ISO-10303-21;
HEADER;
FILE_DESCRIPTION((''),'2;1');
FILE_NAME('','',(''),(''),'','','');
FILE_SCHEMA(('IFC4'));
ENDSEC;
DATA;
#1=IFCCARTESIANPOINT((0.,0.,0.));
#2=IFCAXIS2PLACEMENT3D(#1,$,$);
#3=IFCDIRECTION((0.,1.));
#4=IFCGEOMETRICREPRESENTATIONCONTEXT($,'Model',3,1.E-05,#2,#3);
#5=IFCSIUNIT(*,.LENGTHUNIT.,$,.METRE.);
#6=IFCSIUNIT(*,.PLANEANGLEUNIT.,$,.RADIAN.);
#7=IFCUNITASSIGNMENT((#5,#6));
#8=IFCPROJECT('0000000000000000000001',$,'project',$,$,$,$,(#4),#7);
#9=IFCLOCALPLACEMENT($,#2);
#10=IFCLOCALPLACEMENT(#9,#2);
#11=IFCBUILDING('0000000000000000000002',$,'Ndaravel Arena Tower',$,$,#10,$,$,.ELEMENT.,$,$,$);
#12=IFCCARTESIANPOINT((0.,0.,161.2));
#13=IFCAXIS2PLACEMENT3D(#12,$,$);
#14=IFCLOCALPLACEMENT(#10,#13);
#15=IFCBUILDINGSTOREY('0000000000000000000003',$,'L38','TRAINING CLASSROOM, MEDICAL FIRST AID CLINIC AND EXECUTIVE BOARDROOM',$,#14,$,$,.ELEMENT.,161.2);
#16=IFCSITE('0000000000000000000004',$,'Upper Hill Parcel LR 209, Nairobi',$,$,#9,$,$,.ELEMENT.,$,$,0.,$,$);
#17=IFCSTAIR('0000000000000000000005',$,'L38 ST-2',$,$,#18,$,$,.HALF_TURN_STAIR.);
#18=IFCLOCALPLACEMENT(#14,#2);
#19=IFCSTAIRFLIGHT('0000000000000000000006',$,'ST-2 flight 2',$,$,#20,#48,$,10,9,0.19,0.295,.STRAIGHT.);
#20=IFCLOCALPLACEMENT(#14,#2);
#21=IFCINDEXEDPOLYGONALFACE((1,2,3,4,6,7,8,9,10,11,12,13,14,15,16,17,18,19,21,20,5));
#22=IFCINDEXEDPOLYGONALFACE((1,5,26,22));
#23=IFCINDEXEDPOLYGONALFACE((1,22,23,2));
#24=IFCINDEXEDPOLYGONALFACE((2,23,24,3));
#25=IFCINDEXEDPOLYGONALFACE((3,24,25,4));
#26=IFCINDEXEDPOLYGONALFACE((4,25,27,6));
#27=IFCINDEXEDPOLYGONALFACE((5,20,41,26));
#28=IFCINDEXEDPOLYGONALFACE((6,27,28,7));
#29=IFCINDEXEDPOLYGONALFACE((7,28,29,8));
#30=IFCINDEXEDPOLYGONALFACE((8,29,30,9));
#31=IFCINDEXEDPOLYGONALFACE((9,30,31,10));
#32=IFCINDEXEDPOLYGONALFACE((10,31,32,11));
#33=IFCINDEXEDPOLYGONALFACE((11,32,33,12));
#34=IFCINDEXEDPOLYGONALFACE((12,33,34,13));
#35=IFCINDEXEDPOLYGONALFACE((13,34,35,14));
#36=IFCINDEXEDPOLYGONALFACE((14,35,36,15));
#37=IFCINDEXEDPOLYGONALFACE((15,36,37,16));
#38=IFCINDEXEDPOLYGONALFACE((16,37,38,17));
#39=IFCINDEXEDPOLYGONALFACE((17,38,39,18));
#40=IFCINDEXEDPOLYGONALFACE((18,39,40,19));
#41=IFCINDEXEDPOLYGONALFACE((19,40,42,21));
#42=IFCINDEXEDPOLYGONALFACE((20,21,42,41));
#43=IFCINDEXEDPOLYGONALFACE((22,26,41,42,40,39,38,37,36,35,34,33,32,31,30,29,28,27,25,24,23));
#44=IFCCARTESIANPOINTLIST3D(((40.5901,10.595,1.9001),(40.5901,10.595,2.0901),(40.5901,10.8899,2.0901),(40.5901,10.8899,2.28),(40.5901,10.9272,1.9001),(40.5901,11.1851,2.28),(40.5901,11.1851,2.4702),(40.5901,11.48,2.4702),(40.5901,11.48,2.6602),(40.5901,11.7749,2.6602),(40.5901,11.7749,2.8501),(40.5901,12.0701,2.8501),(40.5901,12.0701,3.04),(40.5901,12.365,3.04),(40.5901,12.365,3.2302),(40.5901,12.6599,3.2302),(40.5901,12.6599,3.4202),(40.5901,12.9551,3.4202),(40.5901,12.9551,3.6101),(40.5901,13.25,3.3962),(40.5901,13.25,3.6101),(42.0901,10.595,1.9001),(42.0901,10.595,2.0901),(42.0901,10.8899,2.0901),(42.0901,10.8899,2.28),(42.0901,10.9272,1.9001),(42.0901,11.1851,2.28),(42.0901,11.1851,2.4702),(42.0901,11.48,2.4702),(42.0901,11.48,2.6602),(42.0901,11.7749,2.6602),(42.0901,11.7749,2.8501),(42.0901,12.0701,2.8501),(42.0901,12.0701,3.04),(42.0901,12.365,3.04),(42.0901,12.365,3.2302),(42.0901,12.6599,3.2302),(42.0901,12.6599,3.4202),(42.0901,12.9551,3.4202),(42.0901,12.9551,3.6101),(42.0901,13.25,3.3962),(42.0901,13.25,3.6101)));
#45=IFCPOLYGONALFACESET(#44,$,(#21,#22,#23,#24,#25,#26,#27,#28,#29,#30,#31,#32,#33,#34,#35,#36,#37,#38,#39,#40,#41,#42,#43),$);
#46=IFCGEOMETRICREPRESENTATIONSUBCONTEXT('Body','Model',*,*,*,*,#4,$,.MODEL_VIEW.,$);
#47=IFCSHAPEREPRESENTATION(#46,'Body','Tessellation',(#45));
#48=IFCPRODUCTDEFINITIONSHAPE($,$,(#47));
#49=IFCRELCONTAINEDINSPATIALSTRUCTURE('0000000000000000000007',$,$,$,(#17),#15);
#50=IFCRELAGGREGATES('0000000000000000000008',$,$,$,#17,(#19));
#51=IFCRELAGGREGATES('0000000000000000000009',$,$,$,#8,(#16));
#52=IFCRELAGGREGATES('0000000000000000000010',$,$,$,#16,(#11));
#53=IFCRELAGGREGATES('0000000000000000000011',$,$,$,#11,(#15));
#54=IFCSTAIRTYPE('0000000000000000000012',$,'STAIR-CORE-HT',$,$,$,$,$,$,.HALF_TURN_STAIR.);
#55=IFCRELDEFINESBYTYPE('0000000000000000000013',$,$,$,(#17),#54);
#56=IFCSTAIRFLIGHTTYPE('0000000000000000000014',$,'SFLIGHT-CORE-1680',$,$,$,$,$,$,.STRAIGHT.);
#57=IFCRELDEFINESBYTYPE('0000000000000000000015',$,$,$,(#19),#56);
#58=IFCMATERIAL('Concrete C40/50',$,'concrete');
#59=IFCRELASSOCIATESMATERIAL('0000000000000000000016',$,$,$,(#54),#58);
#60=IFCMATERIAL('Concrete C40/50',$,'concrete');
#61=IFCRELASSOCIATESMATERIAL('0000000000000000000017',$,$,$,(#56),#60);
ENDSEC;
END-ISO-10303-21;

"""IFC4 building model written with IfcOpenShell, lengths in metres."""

from ifc_helpers import new_model, si_unit, direction, frame, origin, place, context, subcontext, project, spatial, polyline, outline, extrude, material, type_object, element, aggregate, save


model = new_model("IFC4")

# Units and contexts
model_context = context("Model", 3, precision=1e-05, world=origin(), true_north=direction((0.0, 1.0)))
body_context = subcontext(model_context, "Body", "Model", "MODEL_VIEW")
ifc_project = project(units=[si_unit("LENGTHUNIT", "METRE"), si_unit("PLANEANGLEUNIT", "RADIAN")], contexts=[model_context])

# Site, building, storey
site_placement = place(None, origin())
site = spatial("IfcSite", under=ifc_project, at=site_placement, Name="Upper Hill Parcel LR 209, Nairobi", CompositionType="ELEMENT", RefElevation=0.0)
building_placement = place(site_placement, origin())
building = spatial("IfcBuilding", under=site, at=building_placement, Name="Ndaravel Arena Tower", CompositionType="ELEMENT")
storey_placement = place(building_placement, frame((0.0, 0.0, 161.2)))
storey = spatial("IfcBuildingStorey", under=building, at=storey_placement, Name="L38", Description="TRAINING CLASSROOM, MEDICAL FIRST AID CLINIC AND EXECUTIVE BOARDROOM", CompositionType="ELEMENT", Elevation=161.2)

# Stair, stair flight
ifc_material_1 = material(Name="Concrete C40/50", Category="concrete")
stair_type = type_object("IfcStairType", Name="STAIR-CORE-HT", PredefinedType="HALF_TURN_STAIR", material=ifc_material_1)
stair_placement = place(storey_placement, origin())
stair = element("IfcStair", 1, at=stair_placement, inside=storey, type_object=stair_type, Name="L38 ST-2", PredefinedType="HALF_TURN_STAIR")
ifc_material_2 = material(Name="Concrete C40/50", Category="concrete")
stair_flight_type = type_object("IfcStairFlightType", Name="SFLIGHT-CORE-1680", PredefinedType="STRAIGHT", material=ifc_material_2)
stair_flight_1_placement = place(storey_placement, frame((41.3401, 10.595, 1.9001), z_axis=(0.0, 0.0, 1.0), x_axis=(0.0, 1.0, 0.0)))
stair_flight_1 = element("IfcStairFlight", 2, at=stair_flight_1_placement, type_object=stair_flight_type, Name="ST-2 flight 2", NumberOfRisers=10, NumberOfTreads=9, PredefinedType="STRAIGHT", RiserHeight=0.19, TreadLength=0.295, context=body_context, shape_type="SweptSolid", body=[
    extrude(outline(polyline([(0.0, 0.0), (0.0, 0.1899), (0.2949, 0.1899), (0.2949, 0.3799), (0.5901, 0.3799), (0.5901, 0.5701), (0.885, 0.5701), (0.885, 0.76), (1.1799, 0.76), (1.1799, 0.95), (1.4751, 0.95), (1.4751, 1.1399), (1.77, 1.1399), (1.77, 1.3301), (2.0649, 1.3301), (2.0649, 1.52), (2.3601, 1.52), (2.3601, 1.71), (2.655, 1.71), (2.655, 1.8999), (2.655, 1.4961), (0.3323, 0.0), (0.0, 0.0)])), frame((0.0, 0.75, 0.0), z_axis=(0.0, -1.0, 0.0), x_axis=(1.0, 0.0, 0.0)), (0.0, 0.0, 1.0), 1.5),
])
aggregate(stair, [stair_flight_1])

save(model, "model.ifc")
